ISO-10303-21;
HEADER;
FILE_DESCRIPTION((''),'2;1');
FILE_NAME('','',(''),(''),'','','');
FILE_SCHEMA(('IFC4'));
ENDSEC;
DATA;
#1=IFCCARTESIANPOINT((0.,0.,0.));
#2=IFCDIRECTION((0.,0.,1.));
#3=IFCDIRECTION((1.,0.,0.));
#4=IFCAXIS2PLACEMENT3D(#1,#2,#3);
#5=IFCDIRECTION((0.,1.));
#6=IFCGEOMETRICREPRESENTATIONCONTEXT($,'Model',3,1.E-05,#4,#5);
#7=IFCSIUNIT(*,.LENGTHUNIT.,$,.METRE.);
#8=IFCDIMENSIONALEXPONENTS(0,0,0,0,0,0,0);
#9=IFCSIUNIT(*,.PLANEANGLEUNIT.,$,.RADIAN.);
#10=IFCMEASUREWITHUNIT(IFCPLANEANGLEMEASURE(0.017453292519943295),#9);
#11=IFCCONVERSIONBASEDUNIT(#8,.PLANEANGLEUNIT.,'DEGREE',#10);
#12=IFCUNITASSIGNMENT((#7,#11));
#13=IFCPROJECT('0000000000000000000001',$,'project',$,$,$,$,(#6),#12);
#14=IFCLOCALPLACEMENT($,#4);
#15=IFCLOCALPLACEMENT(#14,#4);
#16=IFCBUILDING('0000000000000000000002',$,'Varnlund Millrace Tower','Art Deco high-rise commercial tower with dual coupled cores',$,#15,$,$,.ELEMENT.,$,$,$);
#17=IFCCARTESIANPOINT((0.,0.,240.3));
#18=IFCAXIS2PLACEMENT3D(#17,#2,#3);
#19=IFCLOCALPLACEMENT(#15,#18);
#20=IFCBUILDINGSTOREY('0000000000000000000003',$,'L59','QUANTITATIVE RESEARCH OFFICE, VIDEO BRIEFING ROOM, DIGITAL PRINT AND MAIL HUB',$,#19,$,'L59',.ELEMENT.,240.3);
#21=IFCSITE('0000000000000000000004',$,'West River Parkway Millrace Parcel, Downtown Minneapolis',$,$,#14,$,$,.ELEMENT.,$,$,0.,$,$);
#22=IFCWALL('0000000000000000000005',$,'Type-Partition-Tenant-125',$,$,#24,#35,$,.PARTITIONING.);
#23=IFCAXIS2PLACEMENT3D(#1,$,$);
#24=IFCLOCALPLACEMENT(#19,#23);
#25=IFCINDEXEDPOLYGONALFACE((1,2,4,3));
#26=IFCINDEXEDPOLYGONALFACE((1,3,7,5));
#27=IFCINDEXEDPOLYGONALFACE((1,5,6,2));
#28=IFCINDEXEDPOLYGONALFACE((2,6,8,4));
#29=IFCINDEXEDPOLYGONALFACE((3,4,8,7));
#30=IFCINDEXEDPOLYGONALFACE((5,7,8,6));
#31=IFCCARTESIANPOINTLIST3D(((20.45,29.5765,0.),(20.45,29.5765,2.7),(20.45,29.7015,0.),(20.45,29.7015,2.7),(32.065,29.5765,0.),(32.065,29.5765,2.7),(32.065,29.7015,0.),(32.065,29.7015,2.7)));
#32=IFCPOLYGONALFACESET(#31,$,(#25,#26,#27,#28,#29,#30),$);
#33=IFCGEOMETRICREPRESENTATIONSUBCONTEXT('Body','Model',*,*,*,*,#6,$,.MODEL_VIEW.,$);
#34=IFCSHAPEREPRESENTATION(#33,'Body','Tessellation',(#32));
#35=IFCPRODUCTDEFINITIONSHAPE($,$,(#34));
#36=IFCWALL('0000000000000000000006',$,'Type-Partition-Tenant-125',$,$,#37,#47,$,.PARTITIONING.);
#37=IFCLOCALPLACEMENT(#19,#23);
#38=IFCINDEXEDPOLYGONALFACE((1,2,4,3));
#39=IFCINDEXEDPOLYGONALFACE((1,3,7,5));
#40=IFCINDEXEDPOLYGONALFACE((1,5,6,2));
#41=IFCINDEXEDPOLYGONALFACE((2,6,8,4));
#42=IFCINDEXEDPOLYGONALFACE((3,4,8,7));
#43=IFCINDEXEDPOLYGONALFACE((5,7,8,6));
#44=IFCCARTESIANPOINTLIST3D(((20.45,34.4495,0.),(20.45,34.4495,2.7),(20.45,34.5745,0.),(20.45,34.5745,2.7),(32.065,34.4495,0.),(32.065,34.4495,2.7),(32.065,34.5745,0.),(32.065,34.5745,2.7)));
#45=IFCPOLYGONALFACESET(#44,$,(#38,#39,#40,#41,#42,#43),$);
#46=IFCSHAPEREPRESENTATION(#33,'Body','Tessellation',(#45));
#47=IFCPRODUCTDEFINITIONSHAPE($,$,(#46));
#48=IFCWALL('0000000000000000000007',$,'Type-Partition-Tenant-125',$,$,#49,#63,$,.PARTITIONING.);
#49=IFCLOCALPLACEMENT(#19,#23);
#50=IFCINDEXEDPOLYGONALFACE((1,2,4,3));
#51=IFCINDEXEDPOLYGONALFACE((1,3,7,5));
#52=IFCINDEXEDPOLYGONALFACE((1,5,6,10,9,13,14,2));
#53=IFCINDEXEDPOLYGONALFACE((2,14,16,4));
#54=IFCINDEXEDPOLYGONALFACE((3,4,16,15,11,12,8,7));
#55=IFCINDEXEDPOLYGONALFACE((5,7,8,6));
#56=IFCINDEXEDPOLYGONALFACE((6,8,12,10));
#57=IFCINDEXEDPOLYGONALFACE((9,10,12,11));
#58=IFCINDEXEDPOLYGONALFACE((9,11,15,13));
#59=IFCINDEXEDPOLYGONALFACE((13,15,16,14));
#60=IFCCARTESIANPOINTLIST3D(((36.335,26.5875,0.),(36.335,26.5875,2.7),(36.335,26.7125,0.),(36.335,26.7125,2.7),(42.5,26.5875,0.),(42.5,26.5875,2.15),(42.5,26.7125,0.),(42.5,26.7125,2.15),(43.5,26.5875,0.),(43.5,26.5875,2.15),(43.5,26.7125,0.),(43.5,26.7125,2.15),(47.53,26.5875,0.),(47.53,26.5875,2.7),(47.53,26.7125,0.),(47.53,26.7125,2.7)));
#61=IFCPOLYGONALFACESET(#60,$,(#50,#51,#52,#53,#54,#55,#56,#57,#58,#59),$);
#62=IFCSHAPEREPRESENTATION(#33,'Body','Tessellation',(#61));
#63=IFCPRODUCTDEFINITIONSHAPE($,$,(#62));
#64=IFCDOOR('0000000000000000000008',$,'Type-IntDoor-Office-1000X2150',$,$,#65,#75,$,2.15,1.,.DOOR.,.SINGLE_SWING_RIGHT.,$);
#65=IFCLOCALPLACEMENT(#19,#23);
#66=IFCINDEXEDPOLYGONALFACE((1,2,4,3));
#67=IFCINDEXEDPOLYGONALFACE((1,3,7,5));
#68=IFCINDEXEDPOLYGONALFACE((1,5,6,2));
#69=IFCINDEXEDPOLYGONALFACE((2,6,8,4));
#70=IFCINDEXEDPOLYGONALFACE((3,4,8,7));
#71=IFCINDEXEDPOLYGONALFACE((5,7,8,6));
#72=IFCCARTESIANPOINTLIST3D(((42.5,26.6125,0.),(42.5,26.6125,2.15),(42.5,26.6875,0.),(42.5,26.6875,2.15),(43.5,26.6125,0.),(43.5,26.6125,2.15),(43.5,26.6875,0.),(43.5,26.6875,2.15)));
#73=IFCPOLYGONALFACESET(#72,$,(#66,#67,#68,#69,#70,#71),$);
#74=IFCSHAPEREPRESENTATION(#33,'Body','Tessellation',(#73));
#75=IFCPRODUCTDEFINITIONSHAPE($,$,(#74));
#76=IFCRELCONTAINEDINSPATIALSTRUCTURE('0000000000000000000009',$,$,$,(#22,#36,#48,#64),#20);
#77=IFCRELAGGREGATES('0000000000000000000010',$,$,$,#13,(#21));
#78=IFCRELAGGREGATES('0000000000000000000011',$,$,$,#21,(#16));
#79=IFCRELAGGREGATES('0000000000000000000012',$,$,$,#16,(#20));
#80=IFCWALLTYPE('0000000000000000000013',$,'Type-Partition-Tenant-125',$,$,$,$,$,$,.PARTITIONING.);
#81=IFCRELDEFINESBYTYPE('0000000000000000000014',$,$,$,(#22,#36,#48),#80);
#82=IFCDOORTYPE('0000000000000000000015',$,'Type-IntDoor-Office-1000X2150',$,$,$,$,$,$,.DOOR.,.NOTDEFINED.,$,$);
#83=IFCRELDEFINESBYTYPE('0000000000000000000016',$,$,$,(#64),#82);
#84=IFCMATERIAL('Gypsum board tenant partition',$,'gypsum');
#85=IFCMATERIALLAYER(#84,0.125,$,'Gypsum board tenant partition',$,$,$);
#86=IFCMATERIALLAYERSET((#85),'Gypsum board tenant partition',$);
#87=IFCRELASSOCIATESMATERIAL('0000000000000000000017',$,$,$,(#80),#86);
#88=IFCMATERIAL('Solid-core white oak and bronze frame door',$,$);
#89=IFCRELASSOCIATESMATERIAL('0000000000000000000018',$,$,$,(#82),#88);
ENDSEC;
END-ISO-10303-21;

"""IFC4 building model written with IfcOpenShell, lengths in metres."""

from ifc_helpers import new_model, entity, si_unit, converted_unit, direction, frame, origin_with_axes, origin_2d_with_axis, place, context, subcontext, project, spatial, polyline, rectangle, outline, extrude, material, layer, layer_set, type_object, element, fill, save


model = new_model("IFC4")

# Units and contexts
model_context = context("Model", 3, precision=1e-05, world=origin_with_axes(), true_north=direction((0.0, 1.0)))
body_context = subcontext(model_context, "Body", "Model", "MODEL_VIEW")
ifc_project = project(units=[si_unit("LENGTHUNIT", "METRE"), converted_unit("PLANEANGLEUNIT", "DEGREE", entity("IfcPlaneAngleMeasure", 0.017453292519943295), si_unit("PLANEANGLEUNIT", "RADIAN"), dimensions=[0, 0, 0, 0, 0, 0, 0])], contexts=[model_context])

# Site, building, storey
site_placement = place(None, origin_with_axes())
site = spatial("IfcSite", under=ifc_project, at=site_placement, Name="West River Parkway Millrace Parcel, Downtown Minneapolis", CompositionType="ELEMENT", RefElevation=0.0)
building_placement = place(site_placement, origin_with_axes())
building = spatial("IfcBuilding", under=site, at=building_placement, Name="Varnlund Millrace Tower", Description="Art Deco high-rise commercial tower with dual coupled cores", CompositionType="ELEMENT")
storey_placement = place(building_placement, frame((0.0, 0.0, 240.3), z_axis=(0.0, 0.0, 1.0), x_axis=(1.0, 0.0, 0.0)))
storey = spatial("IfcBuildingStorey", under=building, at=storey_placement, Name="L59", Description="QUANTITATIVE RESEARCH OFFICE, VIDEO BRIEFING ROOM, DIGITAL PRINT AND MAIL HUB", LongName="L59", CompositionType="ELEMENT", Elevation=240.3)

# Walls
ifc_material_1 = material(Name="Gypsum board tenant partition", Category="gypsum")
ifc_layer_1 = layer(ifc_material_1, 0.125, Name="Gypsum board tenant partition")
ifc_layer_set_1 = layer_set([ifc_layer_1], Name="Gypsum board tenant partition")
wall_type_1 = type_object("IfcWallType", Name="Type-Partition-Tenant-125", PredefinedType="PARTITIONING", material=ifc_layer_set_1)
for number, where, z_axis, x_axis, name in (
    (1, (20.45, 29.639, 0.0), (0.0, 0.0, 1.0), (1.0, 0.0, 0.0), "Type-Partition-Tenant-125"),
    (2, (20.45, 34.512, 0.0), (0.0, 0.0, 1.0), (1.0, 0.0, 0.0), "Type-Partition-Tenant-125"),
):
    element("IfcWall", number, at=place(storey_placement, frame(where, z_axis=z_axis, x_axis=x_axis)), inside=storey, type_object=wall_type_1, Name=name, PredefinedType="PARTITIONING", context=body_context, shape_type="SweptSolid", body=[
        extrude(outline(polyline([(0.0, -0.0625), (11.615, -0.0625), (11.615, 0.0625), (0.0, 0.0625), (0.0, -0.0625)])), origin_with_axes(), (0.0, 0.0, 1.0), 2.7),
    ])

# Wall, opening, door
wall_1_placement = place(storey_placement, frame((36.335, 26.65, 0.0), z_axis=(0.0, 0.0, 1.0), x_axis=(1.0, 0.0, 0.0)))
wall_1 = element("IfcWall", 3, at=wall_1_placement, inside=storey, type_object=wall_type_1, Name="Type-Partition-Tenant-125", PredefinedType="PARTITIONING", context=body_context, shape_type="SweptSolid", body=[
    extrude(outline(polyline([(0.0, -0.0625), (11.195, -0.0625), (11.195, 0.0625), (0.0, 0.0625), (0.0, -0.0625)])), origin_with_axes(), (0.0, 0.0, 1.0), 2.7),
])
opening_1_placement = place(wall_1_placement, frame((6.665, 0.0, 0.0), z_axis=(0.0, 0.0, 1.0), x_axis=(1.0, 0.0, 0.0)))
opening_1 = element("IfcOpeningElement", 4, at=opening_1_placement, cuts=wall_1, PredefinedType="OPENING", context=body_context, shape_type="SweptSolid", body=[
    extrude(rectangle(XDim=1.0, YDim=0.145, at=origin_2d_with_axis()), origin_with_axes(), (0.0, 0.0, 1.0), 2.15),
])
ifc_material_2 = material(Name="Solid-core white oak and bronze frame door")
door_type = type_object("IfcDoorType", Name="Type-IntDoor-Office-1000X2150", OperationType="NOTDEFINED", PredefinedType="DOOR", material=ifc_material_2)
door_placement = place(wall_1_placement, frame((6.665, 0.0, 0.0), z_axis=(0.0, 0.0, 1.0), x_axis=(1.0, 0.0, 0.0)))
door = element("IfcDoor", 5, at=door_placement, inside=storey, type_object=door_type, Name="Type-IntDoor-Office-1000X2150", OperationType="SINGLE_SWING_RIGHT", OverallHeight=2.15, OverallWidth=1.0, PredefinedType="DOOR", context=body_context, shape_type="SweptSolid", body=[
    extrude(rectangle(XDim=1.0, YDim=0.075, at=origin_2d_with_axis()), origin_with_axes(), (0.0, 0.0, 1.0), 2.15),
])
fill(opening_1, door)

save(model, "model.ifc")
